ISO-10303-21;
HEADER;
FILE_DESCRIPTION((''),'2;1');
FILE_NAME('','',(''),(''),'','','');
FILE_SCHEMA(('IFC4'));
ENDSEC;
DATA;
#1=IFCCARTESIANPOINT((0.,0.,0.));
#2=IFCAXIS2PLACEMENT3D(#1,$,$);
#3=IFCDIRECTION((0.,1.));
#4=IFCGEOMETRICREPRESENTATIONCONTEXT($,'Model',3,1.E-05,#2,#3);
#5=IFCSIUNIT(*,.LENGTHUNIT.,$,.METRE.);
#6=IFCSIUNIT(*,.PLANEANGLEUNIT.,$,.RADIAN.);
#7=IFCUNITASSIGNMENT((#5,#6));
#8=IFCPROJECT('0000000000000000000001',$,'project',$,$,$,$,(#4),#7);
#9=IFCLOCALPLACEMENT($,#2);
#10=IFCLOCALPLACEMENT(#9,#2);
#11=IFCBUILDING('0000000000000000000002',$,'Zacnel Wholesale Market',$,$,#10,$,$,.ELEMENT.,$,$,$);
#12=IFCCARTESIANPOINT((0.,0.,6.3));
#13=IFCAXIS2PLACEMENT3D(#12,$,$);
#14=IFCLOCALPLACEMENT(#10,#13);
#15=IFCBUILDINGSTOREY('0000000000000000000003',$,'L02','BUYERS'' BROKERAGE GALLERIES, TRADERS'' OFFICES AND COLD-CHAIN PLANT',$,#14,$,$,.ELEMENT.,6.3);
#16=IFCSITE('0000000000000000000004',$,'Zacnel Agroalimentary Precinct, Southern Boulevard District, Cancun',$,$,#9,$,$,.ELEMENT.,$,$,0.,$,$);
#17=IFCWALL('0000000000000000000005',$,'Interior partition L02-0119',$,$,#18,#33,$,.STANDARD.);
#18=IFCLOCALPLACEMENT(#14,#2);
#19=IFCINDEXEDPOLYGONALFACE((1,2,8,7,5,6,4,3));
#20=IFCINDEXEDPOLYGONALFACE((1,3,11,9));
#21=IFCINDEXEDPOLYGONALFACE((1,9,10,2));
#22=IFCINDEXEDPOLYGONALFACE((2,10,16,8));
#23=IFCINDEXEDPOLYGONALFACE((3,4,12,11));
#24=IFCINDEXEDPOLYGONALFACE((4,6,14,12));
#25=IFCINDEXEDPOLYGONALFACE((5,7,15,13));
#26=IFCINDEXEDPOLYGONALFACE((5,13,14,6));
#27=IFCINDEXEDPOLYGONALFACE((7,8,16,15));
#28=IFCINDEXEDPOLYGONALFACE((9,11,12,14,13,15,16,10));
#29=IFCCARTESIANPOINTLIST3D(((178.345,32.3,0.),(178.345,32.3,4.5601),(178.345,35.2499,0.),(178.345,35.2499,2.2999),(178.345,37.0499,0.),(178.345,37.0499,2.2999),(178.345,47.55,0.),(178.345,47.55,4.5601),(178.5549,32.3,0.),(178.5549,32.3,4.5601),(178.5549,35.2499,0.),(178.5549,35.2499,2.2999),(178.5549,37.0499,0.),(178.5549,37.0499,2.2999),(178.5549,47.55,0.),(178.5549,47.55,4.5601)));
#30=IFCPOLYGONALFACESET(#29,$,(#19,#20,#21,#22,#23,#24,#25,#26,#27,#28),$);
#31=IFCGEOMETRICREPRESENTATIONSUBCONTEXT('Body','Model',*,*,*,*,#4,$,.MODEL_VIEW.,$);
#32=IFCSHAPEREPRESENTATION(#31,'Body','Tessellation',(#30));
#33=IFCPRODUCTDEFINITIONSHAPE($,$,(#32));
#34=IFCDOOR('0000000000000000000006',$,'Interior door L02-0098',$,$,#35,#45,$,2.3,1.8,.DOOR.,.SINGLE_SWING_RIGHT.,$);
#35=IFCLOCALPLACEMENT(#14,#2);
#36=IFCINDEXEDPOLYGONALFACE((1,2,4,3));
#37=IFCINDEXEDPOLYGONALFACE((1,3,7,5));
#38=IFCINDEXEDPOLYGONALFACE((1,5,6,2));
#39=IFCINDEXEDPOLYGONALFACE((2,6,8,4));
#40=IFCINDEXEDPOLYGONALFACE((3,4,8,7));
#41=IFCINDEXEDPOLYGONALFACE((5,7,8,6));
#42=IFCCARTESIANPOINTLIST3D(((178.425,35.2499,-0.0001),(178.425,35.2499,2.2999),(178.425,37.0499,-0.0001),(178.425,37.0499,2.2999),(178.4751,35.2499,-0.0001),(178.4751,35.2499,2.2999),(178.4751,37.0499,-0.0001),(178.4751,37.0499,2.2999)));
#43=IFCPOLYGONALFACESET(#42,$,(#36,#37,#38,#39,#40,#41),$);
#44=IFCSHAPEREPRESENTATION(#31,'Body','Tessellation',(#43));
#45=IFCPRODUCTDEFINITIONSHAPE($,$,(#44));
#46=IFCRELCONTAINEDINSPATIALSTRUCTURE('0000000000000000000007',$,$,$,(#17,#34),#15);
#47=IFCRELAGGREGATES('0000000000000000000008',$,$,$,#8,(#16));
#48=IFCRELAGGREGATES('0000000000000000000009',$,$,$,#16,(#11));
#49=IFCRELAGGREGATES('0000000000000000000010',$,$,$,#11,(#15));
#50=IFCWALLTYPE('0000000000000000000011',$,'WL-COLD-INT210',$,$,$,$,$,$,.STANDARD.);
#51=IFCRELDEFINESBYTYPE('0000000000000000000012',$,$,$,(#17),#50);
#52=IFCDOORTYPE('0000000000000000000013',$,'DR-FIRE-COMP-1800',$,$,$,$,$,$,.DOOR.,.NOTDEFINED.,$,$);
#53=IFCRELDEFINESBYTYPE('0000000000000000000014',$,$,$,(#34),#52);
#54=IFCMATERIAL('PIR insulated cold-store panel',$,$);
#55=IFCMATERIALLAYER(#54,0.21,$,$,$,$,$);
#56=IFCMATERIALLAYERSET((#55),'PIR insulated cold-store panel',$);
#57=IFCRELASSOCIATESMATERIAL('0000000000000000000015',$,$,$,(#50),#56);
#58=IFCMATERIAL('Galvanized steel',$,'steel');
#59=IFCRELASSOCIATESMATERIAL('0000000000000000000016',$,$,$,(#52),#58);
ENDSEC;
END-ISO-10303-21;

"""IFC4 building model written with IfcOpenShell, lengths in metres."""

from ifc_helpers import new_model, si_unit, direction, frame, frame_2d, origin, place, context, subcontext, project, spatial, rectangle, extrude, material, layer, layer_set, type_object, element, fill, save


model = new_model("IFC4")

# Units and contexts
model_context = context("Model", 3, precision=1e-05, world=origin(), true_north=direction((0.0, 1.0)))
body_context = subcontext(model_context, "Body", "Model", "MODEL_VIEW")
ifc_project = project(units=[si_unit("LENGTHUNIT", "METRE"), si_unit("PLANEANGLEUNIT", "RADIAN")], contexts=[model_context])

# Site, building, storey
site_placement = place(None, origin())
site = spatial("IfcSite", under=ifc_project, at=site_placement, Name="Zacnel Agroalimentary Precinct, Southern Boulevard District, Cancun", CompositionType="ELEMENT", RefElevation=0.0)
building_placement = place(site_placement, origin())
building = spatial("IfcBuilding", under=site, at=building_placement, Name="Zacnel Wholesale Market", CompositionType="ELEMENT")
storey_placement = place(building_placement, frame((0.0, 0.0, 6.3)))
storey = spatial("IfcBuildingStorey", under=building, at=storey_placement, Name="L02", Description="BUYERS' BROKERAGE GALLERIES, TRADERS' OFFICES AND COLD-CHAIN PLANT", CompositionType="ELEMENT", Elevation=6.3)

# Wall, opening, door
ifc_material_1 = material(Name="PIR insulated cold-store panel")
ifc_layer = layer(ifc_material_1, 0.21)
ifc_layer_set = layer_set([ifc_layer], Name="PIR insulated cold-store panel")
wall_type = type_object("IfcWallType", Name="WL-COLD-INT210", PredefinedType="STANDARD", material=ifc_layer_set)
wall_placement = place(storey_placement, frame((178.45, 32.3, 0.0), z_axis=(0.0, 0.0, 1.0), x_axis=(0.0, 1.0, 0.0)))
wall = element("IfcWall", 1, at=wall_placement, inside=storey, type_object=wall_type, Name="Interior partition L02-0119", PredefinedType="STANDARD", context=body_context, shape_type="SweptSolid", body=[
    extrude(rectangle(XDim=15.25, YDim=0.21, at=frame_2d((7.625, 0.0))), origin(), (0.0, 0.0, 1.0), 4.5601),
])
opening_placement = place(wall_placement, frame((2.95, 0.0, 0.0)))
opening = element("IfcOpeningElement", 2, at=opening_placement, cuts=wall, PredefinedType="OPENING", context=body_context, shape_type="SweptSolid", body=[
    extrude(rectangle(XDim=1.8, YDim=2.3, at=frame_2d((0.8999, 1.1499))), frame((0.0, 0.115, 0.0), z_axis=(0.0, -1.0, 0.0), x_axis=(1.0, 0.0, 0.0)), (0.0, 0.0, 1.0), 0.23),
])
ifc_material_2 = material(Name="Galvanized steel", Category="steel")
door_type = type_object("IfcDoorType", Name="DR-FIRE-COMP-1800", OperationType="NOTDEFINED", PredefinedType="DOOR", material=ifc_material_2)
door_placement = place(opening_placement, origin())
door = element("IfcDoor", 3, at=door_placement, inside=storey, type_object=door_type, Name="Interior door L02-0098", OperationType="SINGLE_SWING_RIGHT", OverallHeight=2.3, OverallWidth=1.8, PredefinedType="DOOR", context=body_context, shape_type="SweptSolid", body=[
    extrude(rectangle(XDim=1.8, YDim=2.3, at=frame_2d((0.8999, 1.1499))), frame((0.0, 0.0249, 0.0), z_axis=(0.0, -1.0, 0.0), x_axis=(1.0, 0.0, 0.0)), (0.0, 0.0, 1.0), 0.05),
])
fill(opening, door)

save(model, "model.ifc")
